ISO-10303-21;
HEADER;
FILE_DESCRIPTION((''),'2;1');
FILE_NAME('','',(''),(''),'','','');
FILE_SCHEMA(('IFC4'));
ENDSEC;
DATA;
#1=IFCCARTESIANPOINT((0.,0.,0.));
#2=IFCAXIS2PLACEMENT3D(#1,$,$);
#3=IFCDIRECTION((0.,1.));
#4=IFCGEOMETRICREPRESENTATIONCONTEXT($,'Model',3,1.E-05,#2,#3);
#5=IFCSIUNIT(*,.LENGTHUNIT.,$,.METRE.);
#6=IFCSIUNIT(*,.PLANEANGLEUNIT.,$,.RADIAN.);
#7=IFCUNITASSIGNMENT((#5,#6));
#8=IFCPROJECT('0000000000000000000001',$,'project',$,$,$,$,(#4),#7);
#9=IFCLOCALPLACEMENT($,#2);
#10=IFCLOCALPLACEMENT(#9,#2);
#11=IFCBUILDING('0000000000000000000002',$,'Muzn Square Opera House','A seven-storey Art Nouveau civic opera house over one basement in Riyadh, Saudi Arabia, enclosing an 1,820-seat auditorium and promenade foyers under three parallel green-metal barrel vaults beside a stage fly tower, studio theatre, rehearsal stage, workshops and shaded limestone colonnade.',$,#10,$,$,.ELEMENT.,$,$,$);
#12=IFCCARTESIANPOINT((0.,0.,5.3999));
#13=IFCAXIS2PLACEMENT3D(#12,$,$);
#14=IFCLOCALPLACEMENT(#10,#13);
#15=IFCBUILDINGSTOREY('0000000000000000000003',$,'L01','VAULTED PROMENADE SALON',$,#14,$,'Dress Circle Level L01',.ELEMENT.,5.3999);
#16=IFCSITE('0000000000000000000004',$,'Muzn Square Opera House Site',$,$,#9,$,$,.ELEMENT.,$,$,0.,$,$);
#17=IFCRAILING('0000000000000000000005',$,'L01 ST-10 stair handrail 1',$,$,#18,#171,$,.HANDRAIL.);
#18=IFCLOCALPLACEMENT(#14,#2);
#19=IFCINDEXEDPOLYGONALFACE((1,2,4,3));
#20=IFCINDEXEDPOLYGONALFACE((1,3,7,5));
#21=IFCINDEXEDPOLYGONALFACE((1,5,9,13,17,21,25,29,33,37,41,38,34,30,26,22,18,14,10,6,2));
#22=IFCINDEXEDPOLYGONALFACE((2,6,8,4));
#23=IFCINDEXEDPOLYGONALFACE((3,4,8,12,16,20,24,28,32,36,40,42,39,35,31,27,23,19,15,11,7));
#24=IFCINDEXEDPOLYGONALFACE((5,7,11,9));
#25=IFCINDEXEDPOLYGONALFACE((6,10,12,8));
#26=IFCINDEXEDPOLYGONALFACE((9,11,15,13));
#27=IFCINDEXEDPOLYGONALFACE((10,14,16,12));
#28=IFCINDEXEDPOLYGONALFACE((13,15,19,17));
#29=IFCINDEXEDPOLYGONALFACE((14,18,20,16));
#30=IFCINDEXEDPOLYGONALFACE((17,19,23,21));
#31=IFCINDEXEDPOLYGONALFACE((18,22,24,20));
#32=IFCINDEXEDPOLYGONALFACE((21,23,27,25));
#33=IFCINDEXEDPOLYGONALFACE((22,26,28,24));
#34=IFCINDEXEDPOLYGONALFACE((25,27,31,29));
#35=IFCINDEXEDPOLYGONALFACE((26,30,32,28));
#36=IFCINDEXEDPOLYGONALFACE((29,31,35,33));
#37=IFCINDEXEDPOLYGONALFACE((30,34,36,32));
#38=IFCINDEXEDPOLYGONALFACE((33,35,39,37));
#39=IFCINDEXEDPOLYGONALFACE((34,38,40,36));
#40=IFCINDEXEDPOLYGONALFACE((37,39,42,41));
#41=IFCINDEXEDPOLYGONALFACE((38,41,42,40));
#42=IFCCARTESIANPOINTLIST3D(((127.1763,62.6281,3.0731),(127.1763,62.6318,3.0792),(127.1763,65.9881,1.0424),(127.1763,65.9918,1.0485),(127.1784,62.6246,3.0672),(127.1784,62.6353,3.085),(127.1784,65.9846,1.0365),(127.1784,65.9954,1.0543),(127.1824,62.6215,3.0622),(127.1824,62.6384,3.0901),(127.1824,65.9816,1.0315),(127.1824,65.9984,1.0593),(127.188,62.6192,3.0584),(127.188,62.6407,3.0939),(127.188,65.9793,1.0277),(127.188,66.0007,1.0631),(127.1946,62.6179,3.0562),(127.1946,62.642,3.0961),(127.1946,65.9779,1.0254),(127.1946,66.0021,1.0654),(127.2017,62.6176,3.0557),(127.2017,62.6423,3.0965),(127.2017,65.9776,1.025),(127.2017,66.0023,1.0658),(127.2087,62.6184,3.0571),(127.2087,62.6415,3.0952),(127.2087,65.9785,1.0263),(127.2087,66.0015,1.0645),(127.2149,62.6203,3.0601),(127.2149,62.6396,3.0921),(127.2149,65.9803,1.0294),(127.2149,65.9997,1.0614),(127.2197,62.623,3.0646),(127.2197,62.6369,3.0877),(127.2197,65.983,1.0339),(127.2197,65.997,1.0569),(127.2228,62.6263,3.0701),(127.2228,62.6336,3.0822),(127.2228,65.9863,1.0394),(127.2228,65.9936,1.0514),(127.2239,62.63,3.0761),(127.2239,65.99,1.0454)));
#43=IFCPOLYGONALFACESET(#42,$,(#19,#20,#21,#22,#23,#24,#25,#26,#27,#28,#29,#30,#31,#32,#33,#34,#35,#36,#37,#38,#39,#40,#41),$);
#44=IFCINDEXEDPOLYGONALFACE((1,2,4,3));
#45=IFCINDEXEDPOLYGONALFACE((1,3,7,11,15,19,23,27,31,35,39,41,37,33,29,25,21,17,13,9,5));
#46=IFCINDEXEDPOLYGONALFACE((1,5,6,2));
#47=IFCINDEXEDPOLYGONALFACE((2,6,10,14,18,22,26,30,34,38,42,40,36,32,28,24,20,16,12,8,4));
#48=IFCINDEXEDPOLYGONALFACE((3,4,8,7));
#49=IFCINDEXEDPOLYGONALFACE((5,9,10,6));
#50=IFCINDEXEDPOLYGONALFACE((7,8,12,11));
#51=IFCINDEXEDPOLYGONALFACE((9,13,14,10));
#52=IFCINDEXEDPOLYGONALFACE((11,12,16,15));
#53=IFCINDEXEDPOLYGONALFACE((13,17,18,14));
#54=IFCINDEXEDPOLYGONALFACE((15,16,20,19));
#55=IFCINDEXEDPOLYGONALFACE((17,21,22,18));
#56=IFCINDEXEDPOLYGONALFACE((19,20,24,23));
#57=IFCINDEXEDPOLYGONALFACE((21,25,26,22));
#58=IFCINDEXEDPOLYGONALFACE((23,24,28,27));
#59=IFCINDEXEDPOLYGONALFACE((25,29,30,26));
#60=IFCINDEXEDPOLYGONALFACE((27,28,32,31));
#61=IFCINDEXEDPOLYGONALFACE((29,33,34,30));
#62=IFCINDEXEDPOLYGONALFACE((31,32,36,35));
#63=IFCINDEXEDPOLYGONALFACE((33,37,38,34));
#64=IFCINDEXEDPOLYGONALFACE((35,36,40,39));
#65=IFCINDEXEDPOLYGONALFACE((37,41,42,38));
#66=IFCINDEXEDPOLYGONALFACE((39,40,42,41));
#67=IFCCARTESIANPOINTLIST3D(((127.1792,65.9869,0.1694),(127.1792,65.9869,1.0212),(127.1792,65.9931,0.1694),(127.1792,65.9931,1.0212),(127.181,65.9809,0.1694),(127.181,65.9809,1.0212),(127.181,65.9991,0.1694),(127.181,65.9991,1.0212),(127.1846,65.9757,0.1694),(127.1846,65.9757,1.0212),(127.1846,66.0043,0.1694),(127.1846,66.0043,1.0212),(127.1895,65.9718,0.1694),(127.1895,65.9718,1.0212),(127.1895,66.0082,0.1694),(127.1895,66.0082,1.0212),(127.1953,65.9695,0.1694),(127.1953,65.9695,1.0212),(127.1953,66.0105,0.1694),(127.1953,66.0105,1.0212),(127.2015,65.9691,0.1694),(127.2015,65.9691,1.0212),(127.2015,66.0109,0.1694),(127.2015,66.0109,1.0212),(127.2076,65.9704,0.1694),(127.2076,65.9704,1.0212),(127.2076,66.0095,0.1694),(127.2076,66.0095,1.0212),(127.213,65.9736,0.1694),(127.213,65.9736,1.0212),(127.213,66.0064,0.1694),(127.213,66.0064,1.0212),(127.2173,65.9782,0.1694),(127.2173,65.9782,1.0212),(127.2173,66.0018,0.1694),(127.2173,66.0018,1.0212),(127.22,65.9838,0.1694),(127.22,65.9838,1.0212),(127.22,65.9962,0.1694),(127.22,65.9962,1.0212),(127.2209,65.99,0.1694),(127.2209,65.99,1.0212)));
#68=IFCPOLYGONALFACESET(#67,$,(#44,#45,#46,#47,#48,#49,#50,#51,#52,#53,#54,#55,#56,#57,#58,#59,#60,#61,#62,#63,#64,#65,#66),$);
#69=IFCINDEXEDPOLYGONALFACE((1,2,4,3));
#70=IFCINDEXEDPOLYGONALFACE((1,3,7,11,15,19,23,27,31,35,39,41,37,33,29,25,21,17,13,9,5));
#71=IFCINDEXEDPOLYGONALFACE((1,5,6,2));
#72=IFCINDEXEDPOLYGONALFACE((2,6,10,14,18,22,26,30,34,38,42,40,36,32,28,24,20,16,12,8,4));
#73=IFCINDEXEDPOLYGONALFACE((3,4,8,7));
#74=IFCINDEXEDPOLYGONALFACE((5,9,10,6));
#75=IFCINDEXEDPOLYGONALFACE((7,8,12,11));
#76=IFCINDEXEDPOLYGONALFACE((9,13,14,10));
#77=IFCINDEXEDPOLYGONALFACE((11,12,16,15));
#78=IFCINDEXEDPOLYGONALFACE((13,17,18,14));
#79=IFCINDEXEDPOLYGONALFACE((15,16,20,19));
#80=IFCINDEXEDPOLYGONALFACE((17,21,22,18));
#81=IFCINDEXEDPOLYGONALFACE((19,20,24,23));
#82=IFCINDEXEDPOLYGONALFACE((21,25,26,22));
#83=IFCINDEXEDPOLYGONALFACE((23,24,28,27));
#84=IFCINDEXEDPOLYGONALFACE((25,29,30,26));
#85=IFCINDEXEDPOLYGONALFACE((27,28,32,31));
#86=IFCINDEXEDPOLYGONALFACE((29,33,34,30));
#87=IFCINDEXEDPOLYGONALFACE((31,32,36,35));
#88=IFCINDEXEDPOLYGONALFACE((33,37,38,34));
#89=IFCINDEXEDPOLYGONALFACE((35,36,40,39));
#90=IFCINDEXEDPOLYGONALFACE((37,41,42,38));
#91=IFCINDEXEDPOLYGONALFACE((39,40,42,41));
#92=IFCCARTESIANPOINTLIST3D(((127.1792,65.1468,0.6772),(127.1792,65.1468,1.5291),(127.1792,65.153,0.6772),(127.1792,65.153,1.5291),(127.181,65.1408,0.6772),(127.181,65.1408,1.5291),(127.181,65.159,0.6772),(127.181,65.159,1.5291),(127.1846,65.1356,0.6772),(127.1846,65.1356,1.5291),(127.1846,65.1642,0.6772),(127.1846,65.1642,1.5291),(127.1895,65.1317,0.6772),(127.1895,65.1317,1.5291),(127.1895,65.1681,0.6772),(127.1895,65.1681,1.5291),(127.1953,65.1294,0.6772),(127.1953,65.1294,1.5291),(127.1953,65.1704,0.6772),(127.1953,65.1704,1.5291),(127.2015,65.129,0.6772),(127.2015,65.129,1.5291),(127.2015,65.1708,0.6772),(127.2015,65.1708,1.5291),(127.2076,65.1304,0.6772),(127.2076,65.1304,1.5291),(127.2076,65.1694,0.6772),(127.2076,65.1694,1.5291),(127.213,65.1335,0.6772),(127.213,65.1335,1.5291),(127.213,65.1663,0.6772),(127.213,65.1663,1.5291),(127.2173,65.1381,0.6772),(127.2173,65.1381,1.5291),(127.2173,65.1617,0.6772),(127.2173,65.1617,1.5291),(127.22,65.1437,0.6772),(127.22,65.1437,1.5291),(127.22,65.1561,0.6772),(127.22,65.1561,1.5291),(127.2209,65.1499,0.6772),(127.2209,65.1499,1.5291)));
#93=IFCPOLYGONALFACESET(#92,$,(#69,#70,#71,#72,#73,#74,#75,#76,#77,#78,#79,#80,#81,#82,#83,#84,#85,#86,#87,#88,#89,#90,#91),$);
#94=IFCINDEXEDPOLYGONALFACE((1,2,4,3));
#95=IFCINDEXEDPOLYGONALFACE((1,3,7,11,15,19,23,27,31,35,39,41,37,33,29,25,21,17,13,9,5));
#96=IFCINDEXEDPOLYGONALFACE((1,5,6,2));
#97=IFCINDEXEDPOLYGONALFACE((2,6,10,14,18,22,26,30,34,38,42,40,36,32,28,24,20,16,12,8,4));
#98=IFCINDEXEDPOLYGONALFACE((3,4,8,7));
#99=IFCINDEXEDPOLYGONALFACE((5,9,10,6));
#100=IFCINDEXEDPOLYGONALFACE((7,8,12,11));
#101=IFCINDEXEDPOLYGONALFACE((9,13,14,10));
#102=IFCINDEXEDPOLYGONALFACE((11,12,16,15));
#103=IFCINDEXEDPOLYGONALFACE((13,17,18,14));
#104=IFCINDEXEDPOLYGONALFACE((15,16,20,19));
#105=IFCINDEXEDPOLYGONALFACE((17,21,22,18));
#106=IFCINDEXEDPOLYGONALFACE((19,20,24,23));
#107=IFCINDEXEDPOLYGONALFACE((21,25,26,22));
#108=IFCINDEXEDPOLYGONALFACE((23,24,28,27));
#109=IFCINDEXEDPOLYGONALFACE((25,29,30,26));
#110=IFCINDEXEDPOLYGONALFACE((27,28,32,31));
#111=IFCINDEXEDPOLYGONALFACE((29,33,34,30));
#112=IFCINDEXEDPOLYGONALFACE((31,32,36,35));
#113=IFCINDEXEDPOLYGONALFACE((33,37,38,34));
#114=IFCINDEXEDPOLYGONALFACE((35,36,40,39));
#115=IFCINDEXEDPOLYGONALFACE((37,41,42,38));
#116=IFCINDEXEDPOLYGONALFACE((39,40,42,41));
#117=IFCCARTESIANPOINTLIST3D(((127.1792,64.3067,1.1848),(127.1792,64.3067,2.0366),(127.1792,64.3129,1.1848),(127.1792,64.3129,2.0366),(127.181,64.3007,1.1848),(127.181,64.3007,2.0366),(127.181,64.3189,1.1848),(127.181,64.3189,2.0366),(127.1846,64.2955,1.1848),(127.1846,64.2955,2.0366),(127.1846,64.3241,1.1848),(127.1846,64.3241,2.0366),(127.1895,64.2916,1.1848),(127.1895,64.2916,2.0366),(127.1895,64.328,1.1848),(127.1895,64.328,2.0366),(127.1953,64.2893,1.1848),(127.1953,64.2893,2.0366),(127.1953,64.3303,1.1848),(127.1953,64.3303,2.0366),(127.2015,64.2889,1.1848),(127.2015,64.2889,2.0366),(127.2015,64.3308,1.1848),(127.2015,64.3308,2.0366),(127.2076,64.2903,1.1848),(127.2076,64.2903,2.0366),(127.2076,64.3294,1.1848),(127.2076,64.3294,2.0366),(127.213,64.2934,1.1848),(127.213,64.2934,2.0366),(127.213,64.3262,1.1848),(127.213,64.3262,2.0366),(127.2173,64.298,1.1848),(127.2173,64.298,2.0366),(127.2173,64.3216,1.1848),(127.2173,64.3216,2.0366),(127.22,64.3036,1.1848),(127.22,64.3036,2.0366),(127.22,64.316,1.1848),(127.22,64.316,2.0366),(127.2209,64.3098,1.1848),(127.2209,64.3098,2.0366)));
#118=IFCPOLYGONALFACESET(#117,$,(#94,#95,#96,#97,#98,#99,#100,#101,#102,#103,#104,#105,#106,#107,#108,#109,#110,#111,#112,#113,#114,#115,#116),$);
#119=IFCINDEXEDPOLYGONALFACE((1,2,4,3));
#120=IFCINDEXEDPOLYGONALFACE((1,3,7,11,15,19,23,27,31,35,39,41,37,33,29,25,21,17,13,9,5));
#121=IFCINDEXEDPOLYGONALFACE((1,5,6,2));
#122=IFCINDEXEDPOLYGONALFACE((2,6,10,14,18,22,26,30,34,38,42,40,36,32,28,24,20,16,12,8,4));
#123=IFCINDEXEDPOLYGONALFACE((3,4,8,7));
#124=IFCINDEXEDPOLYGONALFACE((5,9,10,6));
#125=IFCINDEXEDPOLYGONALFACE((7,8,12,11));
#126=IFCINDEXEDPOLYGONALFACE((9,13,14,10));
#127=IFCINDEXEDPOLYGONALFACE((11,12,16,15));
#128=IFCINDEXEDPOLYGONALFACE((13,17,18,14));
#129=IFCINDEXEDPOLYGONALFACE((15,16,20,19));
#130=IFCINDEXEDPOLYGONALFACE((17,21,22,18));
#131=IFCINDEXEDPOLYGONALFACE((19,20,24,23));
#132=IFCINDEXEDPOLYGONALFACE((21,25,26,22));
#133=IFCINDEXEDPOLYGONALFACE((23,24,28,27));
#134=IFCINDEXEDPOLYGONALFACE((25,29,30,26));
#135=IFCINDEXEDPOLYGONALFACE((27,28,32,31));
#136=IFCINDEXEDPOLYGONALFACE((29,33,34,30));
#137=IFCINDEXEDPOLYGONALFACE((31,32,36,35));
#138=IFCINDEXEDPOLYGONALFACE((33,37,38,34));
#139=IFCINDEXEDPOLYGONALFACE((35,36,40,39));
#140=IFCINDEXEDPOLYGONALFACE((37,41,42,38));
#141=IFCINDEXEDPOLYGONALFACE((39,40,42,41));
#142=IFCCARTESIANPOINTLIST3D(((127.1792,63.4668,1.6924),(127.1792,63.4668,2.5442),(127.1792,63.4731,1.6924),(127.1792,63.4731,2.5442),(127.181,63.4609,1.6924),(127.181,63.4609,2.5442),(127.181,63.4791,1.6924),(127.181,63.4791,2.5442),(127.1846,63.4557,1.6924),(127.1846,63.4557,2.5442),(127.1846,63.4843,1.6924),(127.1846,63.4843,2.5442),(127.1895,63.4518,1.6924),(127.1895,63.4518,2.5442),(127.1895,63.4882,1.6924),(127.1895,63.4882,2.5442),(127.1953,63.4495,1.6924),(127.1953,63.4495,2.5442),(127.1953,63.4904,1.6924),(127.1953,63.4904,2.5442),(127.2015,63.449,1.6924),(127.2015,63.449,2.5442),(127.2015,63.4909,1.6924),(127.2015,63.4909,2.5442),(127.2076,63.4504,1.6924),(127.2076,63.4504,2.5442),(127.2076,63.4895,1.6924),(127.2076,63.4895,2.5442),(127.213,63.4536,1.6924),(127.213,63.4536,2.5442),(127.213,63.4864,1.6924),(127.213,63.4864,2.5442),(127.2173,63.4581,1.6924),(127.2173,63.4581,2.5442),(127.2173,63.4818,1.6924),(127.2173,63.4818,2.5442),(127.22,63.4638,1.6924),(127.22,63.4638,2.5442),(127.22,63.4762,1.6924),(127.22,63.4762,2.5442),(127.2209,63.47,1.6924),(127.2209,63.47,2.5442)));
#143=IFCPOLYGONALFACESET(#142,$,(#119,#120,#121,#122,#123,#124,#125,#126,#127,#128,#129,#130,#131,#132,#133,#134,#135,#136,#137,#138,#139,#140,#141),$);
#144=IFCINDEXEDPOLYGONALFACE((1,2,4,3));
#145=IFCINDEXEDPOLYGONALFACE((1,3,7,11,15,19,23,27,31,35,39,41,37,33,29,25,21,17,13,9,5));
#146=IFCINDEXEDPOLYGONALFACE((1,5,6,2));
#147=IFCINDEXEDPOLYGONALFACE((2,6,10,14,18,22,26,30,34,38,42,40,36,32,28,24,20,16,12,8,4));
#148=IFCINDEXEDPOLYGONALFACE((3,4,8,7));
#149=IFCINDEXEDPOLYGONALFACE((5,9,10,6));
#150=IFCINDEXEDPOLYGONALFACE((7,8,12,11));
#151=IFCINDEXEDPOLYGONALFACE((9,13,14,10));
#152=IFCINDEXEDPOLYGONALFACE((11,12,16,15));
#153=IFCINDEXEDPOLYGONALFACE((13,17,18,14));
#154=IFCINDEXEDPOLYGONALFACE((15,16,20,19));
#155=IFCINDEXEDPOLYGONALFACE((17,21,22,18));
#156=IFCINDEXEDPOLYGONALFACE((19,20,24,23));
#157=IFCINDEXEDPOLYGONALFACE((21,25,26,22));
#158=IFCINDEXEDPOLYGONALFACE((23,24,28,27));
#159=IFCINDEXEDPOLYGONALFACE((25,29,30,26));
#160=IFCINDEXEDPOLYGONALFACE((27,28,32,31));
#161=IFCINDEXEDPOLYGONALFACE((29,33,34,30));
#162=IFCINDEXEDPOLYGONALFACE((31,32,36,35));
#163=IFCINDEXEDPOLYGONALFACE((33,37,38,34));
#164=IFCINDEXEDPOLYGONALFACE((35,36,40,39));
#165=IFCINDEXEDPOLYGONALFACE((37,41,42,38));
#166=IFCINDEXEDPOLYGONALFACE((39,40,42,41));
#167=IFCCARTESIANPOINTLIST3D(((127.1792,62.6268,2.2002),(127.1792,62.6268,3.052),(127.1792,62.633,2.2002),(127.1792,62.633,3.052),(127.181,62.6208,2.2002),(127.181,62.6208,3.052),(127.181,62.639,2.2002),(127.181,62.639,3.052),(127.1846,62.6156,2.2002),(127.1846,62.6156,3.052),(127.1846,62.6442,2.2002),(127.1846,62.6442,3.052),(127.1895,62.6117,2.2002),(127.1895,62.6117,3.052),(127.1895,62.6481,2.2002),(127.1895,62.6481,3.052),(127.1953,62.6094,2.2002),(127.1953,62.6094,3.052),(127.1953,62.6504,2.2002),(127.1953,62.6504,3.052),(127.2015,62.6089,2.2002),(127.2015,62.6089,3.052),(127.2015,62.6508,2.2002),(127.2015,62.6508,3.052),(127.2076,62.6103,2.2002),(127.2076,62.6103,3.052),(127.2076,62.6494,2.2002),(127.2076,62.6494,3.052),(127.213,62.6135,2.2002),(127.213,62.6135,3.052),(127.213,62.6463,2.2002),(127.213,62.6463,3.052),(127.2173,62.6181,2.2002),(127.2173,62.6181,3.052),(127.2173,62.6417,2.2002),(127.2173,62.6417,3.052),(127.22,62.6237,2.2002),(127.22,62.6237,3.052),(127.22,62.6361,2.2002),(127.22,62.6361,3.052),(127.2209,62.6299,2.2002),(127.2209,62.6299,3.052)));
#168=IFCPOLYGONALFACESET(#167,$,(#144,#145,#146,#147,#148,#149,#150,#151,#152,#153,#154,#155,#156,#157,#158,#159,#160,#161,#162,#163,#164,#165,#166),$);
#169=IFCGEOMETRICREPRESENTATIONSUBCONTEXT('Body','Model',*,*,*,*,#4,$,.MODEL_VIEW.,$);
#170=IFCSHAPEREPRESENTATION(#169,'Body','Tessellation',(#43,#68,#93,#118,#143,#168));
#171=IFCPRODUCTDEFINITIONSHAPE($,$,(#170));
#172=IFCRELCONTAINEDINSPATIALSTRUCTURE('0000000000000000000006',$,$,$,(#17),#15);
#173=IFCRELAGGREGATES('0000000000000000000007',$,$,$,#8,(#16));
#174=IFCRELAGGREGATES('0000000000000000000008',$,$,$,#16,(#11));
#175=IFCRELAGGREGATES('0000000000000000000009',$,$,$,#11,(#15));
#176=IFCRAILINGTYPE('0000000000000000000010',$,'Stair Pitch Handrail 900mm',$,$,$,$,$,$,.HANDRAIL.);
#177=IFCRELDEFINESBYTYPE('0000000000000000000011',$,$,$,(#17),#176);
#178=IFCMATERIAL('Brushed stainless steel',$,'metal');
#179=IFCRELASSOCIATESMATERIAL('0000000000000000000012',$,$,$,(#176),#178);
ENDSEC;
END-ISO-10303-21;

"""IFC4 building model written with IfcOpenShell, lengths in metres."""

from ifc_helpers import new_model, si_unit, direction, frame, origin, origin_2d, place, context, subcontext, project, spatial, circle, extrude, material, type_object, element, save


model = new_model("IFC4")

# Units and contexts
model_context = context("Model", 3, precision=1e-05, world=origin(), true_north=direction((0.0, 1.0)))
body_context = subcontext(model_context, "Body", "Model", "MODEL_VIEW")
ifc_project = project(units=[si_unit("LENGTHUNIT", "METRE"), si_unit("PLANEANGLEUNIT", "RADIAN")], contexts=[model_context])

# Site, building, storey
site_placement = place(None, origin())
site = spatial("IfcSite", under=ifc_project, at=site_placement, Name="Muzn Square Opera House Site", CompositionType="ELEMENT", RefElevation=0.0)
building_placement = place(site_placement, origin())
building = spatial("IfcBuilding", under=site, at=building_placement, Name="Muzn Square Opera House", Description="A seven-storey Art Nouveau civic opera house over one basement in Riyadh, Saudi Arabia, enclosing an 1,820-seat auditorium and promenade foyers under three parallel green-metal barrel vaults beside a stage fly tower, studio theatre, rehearsal stage, workshops and shaded limestone colonnade.", CompositionType="ELEMENT")
storey_placement = place(building_placement, frame((0.0, 0.0, 5.3999)))
storey = spatial("IfcBuildingStorey", under=building, at=storey_placement, Name="L01", Description="VAULTED PROMENADE SALON", LongName="Dress Circle Level L01", CompositionType="ELEMENT", Elevation=5.3999)

# Railing
ifc_material_1 = material(Name="Brushed stainless steel", Category="metal")
railing_type_1 = type_object("IfcRailingType", Name="Stair Pitch Handrail 900mm", PredefinedType="HANDRAIL", material=ifc_material_1)
railing_1_placement = place(storey_placement, frame((127.2, 65.99, 0.1694)))
element("IfcRailing", 1, at=railing_1_placement, inside=storey, type_object=railing_type_1, Name="L01 ST-10 stair handrail 1", PredefinedType="HANDRAIL", context=body_context, shape_type="SweptSolid", body=[
    extrude(circle(Radius=0.0239, at=origin_2d()), frame((0.0, 0.0, 0.876), z_axis=(0.0, -0.855837, 0.517246), x_axis=(1.0, 0.0, 0.0)), (0.0, 0.0, 1.0), 3.926),
    extrude(circle(Radius=0.021, at=origin_2d()), origin(), (0.0, 0.0, 1.0), 0.8518),
    extrude(circle(Radius=0.021, at=origin_2d()), frame((0.0, -0.8401, 0.5078)), (0.0, 0.0, 1.0), 0.8518),
    extrude(circle(Radius=0.021, at=origin_2d()), frame((0.0, -1.6802, 1.0154)), (0.0, 0.0, 1.0), 0.8518),
    extrude(circle(Radius=0.021, at=origin_2d()), frame((0.0, -2.52, 1.5229)), (0.0, 0.0, 1.0), 0.8518),
    extrude(circle(Radius=0.021, at=origin_2d()), frame((0.0, -3.3601, 2.0308)), (0.0, 0.0, 1.0), 0.8518),
])

save(model, "model.ifc")
